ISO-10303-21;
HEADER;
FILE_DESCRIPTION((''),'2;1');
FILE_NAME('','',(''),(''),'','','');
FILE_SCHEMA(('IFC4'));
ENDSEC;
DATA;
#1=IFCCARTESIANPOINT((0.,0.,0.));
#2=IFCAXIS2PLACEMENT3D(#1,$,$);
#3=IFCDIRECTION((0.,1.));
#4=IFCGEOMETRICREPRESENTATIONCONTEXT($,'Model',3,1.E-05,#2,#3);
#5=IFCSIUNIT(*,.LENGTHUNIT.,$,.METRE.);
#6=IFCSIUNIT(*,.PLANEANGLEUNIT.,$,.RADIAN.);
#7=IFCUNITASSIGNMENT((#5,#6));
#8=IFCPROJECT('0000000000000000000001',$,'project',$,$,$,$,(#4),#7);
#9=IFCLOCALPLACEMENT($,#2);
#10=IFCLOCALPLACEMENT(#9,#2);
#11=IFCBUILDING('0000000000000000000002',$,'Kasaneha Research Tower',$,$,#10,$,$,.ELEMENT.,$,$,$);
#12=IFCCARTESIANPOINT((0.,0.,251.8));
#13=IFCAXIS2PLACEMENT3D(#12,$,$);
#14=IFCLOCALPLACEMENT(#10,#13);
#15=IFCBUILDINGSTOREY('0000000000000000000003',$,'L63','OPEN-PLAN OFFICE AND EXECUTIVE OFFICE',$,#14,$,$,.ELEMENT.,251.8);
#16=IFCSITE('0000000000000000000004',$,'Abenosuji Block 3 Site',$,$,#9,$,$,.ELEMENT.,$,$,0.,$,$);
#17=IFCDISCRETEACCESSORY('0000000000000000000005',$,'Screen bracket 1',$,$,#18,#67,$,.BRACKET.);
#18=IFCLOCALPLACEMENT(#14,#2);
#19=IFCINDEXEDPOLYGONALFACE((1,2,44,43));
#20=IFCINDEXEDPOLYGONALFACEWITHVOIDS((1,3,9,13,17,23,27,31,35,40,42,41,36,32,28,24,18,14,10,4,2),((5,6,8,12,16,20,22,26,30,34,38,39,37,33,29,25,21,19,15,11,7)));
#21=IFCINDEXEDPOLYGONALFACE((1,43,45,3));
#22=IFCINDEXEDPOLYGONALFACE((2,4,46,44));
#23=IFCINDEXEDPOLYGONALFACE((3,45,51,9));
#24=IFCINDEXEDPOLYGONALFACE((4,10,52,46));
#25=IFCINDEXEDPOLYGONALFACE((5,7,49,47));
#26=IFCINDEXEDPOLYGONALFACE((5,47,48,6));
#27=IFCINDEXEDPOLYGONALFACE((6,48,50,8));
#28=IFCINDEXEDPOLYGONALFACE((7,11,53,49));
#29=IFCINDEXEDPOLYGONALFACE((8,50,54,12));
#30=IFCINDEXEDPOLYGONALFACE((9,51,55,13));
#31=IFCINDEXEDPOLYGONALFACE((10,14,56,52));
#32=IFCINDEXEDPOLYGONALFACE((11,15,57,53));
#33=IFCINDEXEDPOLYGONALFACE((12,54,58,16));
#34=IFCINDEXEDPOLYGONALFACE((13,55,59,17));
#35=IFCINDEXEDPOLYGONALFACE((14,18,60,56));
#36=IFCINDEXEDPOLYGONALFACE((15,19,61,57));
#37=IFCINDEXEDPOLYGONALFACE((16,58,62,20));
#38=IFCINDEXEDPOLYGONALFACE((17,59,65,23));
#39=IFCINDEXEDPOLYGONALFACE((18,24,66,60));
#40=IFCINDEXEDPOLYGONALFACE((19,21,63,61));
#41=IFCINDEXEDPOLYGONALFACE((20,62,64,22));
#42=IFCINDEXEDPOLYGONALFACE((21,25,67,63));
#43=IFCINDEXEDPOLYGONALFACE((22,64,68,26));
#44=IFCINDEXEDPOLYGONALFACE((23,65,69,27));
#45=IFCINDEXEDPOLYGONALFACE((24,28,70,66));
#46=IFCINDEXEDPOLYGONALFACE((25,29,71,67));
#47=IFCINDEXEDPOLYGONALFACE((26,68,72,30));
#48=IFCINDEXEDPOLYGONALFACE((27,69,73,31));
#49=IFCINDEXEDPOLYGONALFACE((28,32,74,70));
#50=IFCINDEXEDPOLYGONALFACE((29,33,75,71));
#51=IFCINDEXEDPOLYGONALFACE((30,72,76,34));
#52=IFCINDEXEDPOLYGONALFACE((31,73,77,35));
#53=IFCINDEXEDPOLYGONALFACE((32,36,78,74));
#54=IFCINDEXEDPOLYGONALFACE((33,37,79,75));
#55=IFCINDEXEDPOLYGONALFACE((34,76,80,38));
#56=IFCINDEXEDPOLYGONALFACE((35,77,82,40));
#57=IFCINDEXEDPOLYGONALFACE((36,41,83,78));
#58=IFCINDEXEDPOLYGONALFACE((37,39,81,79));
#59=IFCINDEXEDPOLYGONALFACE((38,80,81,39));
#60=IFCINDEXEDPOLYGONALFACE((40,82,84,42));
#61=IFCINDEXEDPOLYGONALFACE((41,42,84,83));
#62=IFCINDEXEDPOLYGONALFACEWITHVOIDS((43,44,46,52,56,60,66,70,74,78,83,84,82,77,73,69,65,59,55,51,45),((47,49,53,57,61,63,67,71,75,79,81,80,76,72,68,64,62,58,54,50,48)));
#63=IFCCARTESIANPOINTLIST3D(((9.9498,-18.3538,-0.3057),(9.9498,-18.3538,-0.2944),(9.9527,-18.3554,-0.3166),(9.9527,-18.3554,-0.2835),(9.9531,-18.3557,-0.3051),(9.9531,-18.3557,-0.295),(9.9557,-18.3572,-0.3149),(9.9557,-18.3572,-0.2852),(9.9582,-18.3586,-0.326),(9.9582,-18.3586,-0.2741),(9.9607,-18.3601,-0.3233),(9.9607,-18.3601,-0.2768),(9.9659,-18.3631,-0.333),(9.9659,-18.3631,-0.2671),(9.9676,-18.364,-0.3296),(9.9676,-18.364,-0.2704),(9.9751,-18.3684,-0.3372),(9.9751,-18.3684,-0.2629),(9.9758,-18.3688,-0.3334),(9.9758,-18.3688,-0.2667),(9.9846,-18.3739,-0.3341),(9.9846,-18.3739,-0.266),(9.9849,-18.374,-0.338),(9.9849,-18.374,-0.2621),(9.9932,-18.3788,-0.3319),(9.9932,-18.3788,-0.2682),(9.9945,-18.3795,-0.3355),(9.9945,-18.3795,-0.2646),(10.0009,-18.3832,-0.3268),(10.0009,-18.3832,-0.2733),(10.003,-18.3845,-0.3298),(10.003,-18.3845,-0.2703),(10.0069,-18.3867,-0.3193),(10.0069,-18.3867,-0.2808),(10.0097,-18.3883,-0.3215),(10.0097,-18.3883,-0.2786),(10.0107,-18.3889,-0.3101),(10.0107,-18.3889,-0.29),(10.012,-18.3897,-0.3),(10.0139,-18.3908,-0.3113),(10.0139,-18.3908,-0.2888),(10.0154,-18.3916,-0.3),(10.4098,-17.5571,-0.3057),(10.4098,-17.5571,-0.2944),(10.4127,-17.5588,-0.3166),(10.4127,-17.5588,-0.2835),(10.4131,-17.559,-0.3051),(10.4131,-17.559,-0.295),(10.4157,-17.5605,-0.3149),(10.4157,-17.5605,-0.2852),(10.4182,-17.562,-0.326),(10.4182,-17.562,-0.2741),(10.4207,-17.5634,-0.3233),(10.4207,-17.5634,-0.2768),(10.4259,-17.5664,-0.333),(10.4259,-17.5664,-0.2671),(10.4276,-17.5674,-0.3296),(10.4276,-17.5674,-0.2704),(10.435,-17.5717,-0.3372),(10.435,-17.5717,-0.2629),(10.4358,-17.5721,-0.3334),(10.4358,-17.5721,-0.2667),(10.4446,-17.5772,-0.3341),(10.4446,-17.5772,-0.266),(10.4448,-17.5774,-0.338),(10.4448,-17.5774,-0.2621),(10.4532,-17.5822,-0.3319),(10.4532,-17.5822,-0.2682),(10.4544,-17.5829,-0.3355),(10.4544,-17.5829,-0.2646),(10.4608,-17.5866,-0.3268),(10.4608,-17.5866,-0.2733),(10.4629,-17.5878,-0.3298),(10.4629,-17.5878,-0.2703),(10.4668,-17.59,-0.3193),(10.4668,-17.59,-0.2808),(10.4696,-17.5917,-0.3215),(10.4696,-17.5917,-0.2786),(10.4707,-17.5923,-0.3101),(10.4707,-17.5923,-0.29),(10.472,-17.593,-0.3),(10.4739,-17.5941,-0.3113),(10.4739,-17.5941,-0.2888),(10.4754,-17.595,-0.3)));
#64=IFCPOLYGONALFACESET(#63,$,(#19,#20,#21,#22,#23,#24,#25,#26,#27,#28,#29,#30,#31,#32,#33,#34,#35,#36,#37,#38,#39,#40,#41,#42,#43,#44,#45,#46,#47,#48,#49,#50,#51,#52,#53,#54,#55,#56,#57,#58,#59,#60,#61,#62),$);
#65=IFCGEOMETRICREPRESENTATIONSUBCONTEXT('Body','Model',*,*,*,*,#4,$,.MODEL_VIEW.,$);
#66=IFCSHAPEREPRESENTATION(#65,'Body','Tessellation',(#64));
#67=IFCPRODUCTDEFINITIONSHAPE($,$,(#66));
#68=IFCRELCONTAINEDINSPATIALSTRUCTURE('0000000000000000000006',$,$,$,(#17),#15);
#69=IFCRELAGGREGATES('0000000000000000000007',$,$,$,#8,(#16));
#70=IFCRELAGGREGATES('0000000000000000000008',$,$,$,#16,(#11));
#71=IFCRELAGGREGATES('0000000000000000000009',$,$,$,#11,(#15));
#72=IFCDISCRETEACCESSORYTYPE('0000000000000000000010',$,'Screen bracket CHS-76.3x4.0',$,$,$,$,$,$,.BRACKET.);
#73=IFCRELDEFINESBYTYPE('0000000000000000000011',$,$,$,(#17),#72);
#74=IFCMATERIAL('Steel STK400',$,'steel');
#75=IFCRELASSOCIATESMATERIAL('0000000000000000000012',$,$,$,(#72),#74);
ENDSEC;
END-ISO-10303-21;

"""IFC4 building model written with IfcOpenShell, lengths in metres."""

from ifc_helpers import new_model, si_unit, direction, frame, origin, origin_2d, place, context, subcontext, project, spatial, hollow_circle, extrude, material, material_profile, profile_set, type_object, element, save


model = new_model("IFC4")

# Units and contexts
model_context = context("Model", 3, precision=1e-05, world=origin(), true_north=direction((0.0, 1.0)))
body_context = subcontext(model_context, "Body", "Model", "MODEL_VIEW")
ifc_project = project(units=[si_unit("LENGTHUNIT", "METRE"), si_unit("PLANEANGLEUNIT", "RADIAN")], contexts=[model_context])

# Site, building, storey
site_placement = place(None, origin())
site = spatial("IfcSite", under=ifc_project, at=site_placement, Name="Abenosuji Block 3 Site", CompositionType="ELEMENT", RefElevation=0.0)
building_placement = place(site_placement, origin())
building = spatial("IfcBuilding", under=site, at=building_placement, Name="Kasaneha Research Tower", CompositionType="ELEMENT")
storey_placement = place(building_placement, frame((0.0, 0.0, 251.8)))
storey = spatial("IfcBuildingStorey", under=building, at=storey_placement, Name="L63", Description="OPEN-PLAN OFFICE AND EXECUTIVE OFFICE", CompositionType="ELEMENT", Elevation=251.8)

# Discrete accessory
ifc_material_1 = material(Name="Steel STK400", Category="steel")
ifc_material_profile_1 = material_profile(ifc_material_1, hollow_circle(Radius=0.0381, WallThickness=0.0039, at=origin_2d()), Name="CHS-76.3x4.0")
ifc_profile_set_1 = profile_set([ifc_material_profile_1], Name="Steel STK400")
discrete_accessory_type = type_object("IfcDiscreteAccessoryType", Name="Screen bracket CHS-76.3x4.0", PredefinedType="BRACKET", material=ifc_profile_set_1)
for number, where, z_axis, x_axis, name in (
    (1, (10.4424, -17.5759, -0.3), (-0.500021, -0.866013, 0.0), (0.866013, -0.500021, 0.0), "Screen bracket 1"),
):
    element("IfcDiscreteAccessory", number, at=place(storey_placement, frame(where, z_axis=z_axis, x_axis=x_axis)), inside=storey, type_object=discrete_accessory_type, Name=name, PredefinedType="BRACKET", context=body_context, shape_type="SweptSolid", body=[
        extrude(hollow_circle(Radius=0.0381, WallThickness=0.0039, at=origin_2d()), origin(), (0.0, 0.0, 1.0), 0.9199),
    ])

save(model, "model.ifc")
